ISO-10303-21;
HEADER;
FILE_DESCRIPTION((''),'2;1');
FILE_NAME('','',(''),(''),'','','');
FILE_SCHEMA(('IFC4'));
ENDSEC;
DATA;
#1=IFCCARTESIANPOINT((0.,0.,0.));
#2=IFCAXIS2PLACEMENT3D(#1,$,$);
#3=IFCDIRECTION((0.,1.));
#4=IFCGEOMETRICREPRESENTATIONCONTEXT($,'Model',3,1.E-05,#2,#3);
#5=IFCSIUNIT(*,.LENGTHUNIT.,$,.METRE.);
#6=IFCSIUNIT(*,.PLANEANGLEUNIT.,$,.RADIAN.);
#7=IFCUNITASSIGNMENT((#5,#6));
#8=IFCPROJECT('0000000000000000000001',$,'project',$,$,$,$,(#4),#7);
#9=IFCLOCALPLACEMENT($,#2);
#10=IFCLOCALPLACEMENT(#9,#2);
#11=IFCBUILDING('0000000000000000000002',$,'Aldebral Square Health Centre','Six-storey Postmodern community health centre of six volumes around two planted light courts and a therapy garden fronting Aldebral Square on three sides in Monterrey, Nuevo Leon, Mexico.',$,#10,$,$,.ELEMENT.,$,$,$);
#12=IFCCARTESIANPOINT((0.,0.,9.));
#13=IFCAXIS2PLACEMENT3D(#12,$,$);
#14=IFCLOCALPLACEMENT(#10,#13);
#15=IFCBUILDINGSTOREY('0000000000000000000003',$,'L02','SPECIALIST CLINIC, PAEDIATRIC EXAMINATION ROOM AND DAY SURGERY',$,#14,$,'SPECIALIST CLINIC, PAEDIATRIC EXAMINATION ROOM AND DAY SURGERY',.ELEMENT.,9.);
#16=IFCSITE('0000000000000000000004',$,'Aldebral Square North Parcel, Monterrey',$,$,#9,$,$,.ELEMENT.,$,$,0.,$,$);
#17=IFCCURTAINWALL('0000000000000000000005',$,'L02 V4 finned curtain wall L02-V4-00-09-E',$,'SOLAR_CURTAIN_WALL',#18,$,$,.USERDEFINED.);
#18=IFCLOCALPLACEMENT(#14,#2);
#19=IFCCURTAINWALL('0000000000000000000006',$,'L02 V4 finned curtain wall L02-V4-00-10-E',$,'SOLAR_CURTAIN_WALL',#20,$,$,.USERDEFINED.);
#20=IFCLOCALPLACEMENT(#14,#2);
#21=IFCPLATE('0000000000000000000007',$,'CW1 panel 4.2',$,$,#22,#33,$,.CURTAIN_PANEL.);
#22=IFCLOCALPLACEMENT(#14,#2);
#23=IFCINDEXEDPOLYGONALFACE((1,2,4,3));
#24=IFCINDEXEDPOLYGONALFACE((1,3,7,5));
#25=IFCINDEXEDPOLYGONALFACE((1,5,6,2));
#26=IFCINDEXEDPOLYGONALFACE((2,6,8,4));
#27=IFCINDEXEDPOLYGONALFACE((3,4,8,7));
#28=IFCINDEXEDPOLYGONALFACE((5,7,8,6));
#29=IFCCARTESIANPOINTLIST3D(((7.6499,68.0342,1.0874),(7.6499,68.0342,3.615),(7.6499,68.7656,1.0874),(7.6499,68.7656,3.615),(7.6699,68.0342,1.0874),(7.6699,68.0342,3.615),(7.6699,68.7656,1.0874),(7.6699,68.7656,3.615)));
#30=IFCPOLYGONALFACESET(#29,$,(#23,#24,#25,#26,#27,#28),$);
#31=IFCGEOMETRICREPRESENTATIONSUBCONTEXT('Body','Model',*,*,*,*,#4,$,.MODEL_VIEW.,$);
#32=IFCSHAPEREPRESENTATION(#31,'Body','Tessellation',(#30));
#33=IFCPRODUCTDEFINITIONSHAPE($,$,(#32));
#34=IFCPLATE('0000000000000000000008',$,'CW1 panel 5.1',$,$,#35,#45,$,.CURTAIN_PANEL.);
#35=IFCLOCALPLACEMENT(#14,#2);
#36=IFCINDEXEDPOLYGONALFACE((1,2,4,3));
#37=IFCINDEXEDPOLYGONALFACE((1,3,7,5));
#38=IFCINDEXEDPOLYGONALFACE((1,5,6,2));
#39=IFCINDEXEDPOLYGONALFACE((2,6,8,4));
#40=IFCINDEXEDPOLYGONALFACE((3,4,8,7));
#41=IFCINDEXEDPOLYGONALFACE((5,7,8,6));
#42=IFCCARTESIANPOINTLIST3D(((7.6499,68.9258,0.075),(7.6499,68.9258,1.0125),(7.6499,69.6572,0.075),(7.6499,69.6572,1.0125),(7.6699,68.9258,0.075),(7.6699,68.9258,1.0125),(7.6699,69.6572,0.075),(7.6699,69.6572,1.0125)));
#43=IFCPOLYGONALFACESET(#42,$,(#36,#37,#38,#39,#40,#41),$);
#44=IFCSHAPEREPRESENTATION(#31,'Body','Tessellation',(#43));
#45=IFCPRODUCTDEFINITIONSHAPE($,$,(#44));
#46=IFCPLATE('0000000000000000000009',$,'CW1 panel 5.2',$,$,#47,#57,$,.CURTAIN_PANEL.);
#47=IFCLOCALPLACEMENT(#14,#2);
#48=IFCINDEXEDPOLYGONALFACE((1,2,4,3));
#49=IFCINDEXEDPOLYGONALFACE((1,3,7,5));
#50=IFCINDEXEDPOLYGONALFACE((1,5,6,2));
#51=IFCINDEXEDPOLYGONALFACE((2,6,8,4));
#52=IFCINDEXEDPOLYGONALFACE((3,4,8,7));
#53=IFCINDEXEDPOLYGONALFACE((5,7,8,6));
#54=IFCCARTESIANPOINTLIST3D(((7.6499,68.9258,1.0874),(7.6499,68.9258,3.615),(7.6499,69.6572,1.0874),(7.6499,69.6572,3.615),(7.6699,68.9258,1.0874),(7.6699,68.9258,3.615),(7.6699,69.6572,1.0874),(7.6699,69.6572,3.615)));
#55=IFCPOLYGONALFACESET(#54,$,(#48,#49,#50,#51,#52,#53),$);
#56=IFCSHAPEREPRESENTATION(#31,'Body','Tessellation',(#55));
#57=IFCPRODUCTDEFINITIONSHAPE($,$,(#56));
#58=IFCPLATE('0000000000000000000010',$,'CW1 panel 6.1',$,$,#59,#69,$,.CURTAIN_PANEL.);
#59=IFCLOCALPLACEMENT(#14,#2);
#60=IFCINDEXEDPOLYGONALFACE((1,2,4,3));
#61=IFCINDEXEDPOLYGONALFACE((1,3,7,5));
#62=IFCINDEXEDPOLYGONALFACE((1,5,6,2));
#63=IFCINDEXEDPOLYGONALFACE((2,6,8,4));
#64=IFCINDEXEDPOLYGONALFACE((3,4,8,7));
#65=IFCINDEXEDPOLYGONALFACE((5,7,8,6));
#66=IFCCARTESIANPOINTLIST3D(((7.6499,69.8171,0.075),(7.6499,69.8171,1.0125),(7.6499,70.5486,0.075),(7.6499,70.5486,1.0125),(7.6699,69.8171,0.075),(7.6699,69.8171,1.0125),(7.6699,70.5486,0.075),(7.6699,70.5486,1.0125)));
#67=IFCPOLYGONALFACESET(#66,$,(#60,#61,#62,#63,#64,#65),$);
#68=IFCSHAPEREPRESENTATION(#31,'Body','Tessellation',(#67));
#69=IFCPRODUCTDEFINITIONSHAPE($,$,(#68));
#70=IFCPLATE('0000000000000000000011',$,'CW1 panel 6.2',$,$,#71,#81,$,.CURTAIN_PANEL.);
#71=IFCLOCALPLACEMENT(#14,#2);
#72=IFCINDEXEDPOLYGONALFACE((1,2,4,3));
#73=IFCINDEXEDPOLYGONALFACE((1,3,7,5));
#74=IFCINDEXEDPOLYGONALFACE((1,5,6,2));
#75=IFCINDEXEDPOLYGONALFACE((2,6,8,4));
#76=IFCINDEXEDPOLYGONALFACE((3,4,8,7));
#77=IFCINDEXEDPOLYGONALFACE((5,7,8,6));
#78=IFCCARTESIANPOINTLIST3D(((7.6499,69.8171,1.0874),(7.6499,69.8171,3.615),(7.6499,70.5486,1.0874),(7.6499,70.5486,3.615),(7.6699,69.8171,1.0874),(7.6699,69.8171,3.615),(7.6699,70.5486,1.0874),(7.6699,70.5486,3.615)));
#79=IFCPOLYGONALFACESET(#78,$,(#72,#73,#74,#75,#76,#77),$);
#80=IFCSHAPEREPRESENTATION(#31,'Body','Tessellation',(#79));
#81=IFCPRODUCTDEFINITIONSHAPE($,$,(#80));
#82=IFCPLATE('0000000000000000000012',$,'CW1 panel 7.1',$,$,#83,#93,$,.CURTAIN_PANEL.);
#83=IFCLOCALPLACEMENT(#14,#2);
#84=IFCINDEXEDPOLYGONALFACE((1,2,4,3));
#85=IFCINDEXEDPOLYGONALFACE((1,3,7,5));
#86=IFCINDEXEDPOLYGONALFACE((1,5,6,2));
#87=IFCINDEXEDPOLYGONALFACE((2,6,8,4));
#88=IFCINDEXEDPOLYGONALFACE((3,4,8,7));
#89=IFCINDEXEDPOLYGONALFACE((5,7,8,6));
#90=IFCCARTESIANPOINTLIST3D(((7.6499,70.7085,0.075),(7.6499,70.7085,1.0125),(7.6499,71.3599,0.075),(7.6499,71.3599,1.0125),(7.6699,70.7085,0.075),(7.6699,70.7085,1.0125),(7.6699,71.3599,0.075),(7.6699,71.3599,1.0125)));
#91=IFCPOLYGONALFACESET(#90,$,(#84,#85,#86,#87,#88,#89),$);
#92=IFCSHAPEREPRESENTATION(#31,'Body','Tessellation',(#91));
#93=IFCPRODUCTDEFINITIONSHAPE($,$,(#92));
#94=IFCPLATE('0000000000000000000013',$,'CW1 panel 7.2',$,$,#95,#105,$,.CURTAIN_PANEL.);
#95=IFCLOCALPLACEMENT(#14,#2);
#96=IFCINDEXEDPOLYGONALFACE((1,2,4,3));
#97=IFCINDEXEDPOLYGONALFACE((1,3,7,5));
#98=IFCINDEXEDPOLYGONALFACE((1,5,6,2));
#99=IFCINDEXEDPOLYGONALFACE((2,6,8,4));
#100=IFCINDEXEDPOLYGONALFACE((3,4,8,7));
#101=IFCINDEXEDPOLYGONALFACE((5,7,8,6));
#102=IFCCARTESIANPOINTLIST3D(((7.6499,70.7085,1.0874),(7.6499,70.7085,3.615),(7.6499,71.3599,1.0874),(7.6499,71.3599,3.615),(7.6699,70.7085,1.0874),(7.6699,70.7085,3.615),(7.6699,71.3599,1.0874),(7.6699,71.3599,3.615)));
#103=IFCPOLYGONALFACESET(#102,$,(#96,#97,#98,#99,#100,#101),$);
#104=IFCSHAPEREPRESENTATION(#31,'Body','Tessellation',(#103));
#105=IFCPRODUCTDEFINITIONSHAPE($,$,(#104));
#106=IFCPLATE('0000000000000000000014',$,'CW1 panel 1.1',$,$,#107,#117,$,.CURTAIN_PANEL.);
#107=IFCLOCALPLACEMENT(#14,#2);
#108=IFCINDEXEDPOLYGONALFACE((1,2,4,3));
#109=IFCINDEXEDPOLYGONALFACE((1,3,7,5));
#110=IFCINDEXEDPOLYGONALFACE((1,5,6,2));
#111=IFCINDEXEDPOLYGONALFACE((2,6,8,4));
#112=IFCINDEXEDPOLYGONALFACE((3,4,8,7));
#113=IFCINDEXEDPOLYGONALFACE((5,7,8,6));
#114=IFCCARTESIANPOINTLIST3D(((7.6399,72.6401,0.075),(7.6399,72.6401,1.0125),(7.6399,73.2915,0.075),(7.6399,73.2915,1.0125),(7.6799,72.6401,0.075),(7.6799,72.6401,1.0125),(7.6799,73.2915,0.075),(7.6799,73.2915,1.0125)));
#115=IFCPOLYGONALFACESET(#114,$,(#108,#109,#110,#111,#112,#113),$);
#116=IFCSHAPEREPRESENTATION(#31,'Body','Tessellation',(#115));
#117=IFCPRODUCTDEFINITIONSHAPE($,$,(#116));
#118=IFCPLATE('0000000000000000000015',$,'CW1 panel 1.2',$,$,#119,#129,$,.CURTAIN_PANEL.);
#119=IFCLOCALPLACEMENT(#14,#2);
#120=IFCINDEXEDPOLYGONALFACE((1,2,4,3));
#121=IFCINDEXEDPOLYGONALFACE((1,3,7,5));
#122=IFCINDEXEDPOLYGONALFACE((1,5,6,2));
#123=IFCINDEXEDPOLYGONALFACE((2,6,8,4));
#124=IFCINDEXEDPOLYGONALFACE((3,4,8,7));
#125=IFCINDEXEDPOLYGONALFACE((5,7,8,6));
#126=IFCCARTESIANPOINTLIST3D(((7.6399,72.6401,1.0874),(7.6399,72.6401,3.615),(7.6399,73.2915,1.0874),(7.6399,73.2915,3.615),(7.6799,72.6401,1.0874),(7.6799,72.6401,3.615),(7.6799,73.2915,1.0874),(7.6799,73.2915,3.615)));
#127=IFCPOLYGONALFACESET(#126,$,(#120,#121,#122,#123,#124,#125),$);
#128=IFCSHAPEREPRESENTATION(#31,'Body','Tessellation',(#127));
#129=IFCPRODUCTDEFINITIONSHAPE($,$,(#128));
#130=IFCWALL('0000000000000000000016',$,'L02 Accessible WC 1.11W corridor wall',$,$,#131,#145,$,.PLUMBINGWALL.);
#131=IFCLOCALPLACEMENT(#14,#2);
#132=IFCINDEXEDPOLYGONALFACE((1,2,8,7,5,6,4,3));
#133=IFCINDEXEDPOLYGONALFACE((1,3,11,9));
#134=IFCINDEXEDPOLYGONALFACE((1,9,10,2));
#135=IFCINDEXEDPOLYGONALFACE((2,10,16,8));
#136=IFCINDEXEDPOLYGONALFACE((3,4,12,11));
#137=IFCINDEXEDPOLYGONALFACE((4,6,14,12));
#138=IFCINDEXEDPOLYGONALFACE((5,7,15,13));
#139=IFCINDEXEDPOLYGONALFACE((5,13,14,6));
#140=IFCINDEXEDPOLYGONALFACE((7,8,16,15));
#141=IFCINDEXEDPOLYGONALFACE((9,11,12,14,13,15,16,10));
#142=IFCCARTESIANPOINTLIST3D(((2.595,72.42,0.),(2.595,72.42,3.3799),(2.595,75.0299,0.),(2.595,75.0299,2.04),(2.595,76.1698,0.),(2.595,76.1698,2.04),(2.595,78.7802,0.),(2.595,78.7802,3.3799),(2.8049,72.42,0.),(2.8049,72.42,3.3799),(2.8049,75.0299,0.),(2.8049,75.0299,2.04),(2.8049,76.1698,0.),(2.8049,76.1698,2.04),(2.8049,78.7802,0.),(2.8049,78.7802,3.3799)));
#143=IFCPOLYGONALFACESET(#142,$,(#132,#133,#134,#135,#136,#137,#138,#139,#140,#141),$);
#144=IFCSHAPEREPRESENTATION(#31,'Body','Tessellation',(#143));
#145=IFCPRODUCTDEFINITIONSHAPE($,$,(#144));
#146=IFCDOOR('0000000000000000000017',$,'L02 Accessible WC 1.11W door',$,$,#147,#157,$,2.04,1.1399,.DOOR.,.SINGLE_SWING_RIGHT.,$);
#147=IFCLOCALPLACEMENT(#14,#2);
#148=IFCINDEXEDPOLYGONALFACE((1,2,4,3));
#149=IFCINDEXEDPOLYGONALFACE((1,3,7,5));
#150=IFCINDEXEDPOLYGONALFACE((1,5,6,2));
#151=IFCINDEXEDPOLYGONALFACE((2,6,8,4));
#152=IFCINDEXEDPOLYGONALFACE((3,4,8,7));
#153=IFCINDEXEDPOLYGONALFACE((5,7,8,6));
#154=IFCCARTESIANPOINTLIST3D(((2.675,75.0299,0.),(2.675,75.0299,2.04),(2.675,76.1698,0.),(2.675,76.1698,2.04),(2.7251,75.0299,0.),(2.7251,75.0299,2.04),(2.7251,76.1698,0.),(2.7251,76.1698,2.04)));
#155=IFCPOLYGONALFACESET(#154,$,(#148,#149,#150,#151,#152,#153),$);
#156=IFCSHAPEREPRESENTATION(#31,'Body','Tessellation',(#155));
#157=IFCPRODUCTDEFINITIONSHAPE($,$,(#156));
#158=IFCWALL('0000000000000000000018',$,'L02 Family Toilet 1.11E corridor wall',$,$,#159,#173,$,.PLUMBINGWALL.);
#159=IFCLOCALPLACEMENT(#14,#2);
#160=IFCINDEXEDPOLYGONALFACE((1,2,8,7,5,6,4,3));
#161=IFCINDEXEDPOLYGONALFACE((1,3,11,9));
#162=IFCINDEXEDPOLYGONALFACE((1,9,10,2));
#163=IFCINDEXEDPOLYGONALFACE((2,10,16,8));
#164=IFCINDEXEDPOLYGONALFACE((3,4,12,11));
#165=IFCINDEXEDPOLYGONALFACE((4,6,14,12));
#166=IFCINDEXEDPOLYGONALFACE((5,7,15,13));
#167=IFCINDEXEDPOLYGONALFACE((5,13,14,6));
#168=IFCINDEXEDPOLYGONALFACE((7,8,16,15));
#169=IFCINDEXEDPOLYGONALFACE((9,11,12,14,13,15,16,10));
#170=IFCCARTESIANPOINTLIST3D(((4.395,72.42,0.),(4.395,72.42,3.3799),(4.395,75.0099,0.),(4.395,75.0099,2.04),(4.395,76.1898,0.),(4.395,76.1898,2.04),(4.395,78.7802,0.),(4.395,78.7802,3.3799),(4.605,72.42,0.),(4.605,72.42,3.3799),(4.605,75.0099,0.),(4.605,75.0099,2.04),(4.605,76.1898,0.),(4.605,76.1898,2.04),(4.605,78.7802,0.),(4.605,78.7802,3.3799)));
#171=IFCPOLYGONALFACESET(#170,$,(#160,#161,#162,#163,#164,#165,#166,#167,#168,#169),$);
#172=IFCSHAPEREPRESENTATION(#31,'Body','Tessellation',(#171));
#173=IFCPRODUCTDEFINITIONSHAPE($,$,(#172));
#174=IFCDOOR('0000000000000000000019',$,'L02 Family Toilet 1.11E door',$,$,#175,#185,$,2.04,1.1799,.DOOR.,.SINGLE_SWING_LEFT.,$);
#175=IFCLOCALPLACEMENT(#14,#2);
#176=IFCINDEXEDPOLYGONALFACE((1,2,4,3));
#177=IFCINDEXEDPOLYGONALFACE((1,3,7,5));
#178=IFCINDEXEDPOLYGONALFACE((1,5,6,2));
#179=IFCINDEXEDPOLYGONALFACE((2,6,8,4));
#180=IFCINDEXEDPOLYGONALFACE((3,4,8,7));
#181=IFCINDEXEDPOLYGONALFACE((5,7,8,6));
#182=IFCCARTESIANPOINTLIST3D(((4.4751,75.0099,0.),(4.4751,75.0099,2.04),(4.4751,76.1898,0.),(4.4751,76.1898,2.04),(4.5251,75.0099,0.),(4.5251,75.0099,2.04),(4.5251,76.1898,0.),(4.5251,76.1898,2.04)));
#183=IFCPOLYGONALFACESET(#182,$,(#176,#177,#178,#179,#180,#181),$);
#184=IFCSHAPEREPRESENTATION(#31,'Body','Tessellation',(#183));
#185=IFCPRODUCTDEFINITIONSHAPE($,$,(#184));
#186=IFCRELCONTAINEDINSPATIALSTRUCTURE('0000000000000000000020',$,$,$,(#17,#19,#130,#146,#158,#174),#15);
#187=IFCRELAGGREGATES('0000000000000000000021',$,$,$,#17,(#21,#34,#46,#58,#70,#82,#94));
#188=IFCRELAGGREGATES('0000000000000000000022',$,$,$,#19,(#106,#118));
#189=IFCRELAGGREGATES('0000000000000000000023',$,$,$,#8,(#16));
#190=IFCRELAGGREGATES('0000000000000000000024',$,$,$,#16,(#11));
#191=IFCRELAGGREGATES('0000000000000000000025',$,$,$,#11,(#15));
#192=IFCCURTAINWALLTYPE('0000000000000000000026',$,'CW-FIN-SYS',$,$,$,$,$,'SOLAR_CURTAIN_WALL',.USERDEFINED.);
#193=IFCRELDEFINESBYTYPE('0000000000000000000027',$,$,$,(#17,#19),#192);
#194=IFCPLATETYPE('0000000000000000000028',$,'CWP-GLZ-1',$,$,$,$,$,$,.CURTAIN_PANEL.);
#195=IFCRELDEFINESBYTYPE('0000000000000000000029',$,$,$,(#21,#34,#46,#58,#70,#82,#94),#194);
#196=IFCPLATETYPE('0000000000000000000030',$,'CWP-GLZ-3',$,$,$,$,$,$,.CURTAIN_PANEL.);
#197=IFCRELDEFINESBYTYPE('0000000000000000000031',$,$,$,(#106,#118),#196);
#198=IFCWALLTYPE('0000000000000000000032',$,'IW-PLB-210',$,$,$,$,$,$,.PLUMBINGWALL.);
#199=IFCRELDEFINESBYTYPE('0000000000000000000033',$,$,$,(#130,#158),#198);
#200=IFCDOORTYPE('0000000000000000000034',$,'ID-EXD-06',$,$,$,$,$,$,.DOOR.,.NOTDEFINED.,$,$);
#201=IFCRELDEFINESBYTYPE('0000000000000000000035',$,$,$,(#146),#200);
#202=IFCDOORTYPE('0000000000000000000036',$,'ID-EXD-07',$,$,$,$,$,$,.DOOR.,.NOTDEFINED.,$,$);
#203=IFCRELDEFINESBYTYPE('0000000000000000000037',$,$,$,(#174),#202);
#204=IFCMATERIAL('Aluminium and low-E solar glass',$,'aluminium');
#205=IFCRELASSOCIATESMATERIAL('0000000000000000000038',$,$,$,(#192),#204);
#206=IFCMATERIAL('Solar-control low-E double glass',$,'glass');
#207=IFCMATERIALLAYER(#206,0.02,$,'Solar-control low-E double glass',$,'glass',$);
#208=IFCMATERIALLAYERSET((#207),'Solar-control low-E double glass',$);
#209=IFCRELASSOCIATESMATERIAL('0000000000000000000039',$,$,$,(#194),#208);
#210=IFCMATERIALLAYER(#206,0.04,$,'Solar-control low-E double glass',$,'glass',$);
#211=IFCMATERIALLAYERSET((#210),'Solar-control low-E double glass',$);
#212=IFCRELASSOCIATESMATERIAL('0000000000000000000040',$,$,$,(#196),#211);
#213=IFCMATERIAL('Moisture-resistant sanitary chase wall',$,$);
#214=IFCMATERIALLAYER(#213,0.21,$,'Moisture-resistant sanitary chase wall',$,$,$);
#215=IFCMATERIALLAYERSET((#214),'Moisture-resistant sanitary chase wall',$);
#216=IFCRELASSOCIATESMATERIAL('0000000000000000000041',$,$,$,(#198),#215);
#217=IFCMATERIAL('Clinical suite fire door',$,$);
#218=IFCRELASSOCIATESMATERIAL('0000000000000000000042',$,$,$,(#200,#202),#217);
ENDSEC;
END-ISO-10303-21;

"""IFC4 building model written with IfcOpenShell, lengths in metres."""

from ifc_helpers import new_model, si_unit, direction, frame, frame_2d, origin, origin_2d, place, context, subcontext, project, spatial, rectangle, extrude, material, layer, layer_set, type_object, element, fill, aggregate, save


model = new_model("IFC4")

# Units and contexts
model_context = context("Model", 3, precision=1e-05, world=origin(), true_north=direction((0.0, 1.0)))
body_context = subcontext(model_context, "Body", "Model", "MODEL_VIEW")
ifc_project = project(units=[si_unit("LENGTHUNIT", "METRE"), si_unit("PLANEANGLEUNIT", "RADIAN")], contexts=[model_context])

# Site, building, storey
site_placement = place(None, origin())
site = spatial("IfcSite", under=ifc_project, at=site_placement, Name="Aldebral Square North Parcel, Monterrey", CompositionType="ELEMENT", RefElevation=0.0)
building_placement = place(site_placement, origin())
building = spatial("IfcBuilding", under=site, at=building_placement, Name="Aldebral Square Health Centre", Description="Six-storey Postmodern community health centre of six volumes around two planted light courts and a therapy garden fronting Aldebral Square on three sides in Monterrey, Nuevo Leon, Mexico.", CompositionType="ELEMENT")
storey_placement = place(building_placement, frame((0.0, 0.0, 9.0)))
storey = spatial("IfcBuildingStorey", under=building, at=storey_placement, Name="L02", Description="SPECIALIST CLINIC, PAEDIATRIC EXAMINATION ROOM AND DAY SURGERY", LongName="SPECIALIST CLINIC, PAEDIATRIC EXAMINATION ROOM AND DAY SURGERY", CompositionType="ELEMENT", Elevation=9.0)

# Curtain walls
ifc_material_1 = material(Name="Aluminium and low-E solar glass", Category="aluminium")
curtain_wall_type = type_object("IfcCurtainWallType", Name="CW-FIN-SYS", ElementType="SOLAR_CURTAIN_WALL", PredefinedType="USERDEFINED", material=ifc_material_1)
curtain_wall_1_placement = place(storey_placement, origin())
curtain_wall_1 = element("IfcCurtainWall", 1, at=curtain_wall_1_placement, inside=storey, type_object=curtain_wall_type, Name="L02 V4 finned curtain wall L02-V4-00-09-E", ObjectType="SOLAR_CURTAIN_WALL", PredefinedType="USERDEFINED")
curtain_wall_2_placement = place(storey_placement, origin())
curtain_wall_2 = element("IfcCurtainWall", 2, at=curtain_wall_2_placement, inside=storey, type_object=curtain_wall_type, Name="L02 V4 finned curtain wall L02-V4-00-10-E", ObjectType="SOLAR_CURTAIN_WALL", PredefinedType="USERDEFINED")

# Plates
ifc_material_2 = material(Name="Solar-control low-E double glass", Category="glass")
ifc_layer_1 = layer(ifc_material_2, 0.02, Name="Solar-control low-E double glass", Category="glass")
ifc_layer_set_1 = layer_set([ifc_layer_1], Name="Solar-control low-E double glass")
plate_type_1 = type_object("IfcPlateType", Name="CWP-GLZ-1", PredefinedType="CURTAIN_PANEL", material=ifc_layer_set_1)
plate_1_placement = place(storey_placement, frame((7.6599, 68.3999, 1.0874), z_axis=(0.0, 0.0, 1.0), x_axis=(0.0, 1.0, 0.0)))
plate_1 = element("IfcPlate", 3, at=plate_1_placement, type_object=plate_type_1, Name="CW1 panel 4.2", PredefinedType="CURTAIN_PANEL", context=body_context, shape_type="SweptSolid", body=[
    extrude(rectangle(XDim=0.7314, YDim=0.02, at=origin_2d()), origin(), (0.0, 0.0, 1.0), 2.5276),
])
plate_2_placement = place(storey_placement, frame((7.6599, 69.2915, 0.075), z_axis=(0.0, 0.0, 1.0), x_axis=(0.0, 1.0, 0.0)))
plate_2 = element("IfcPlate", 4, at=plate_2_placement, type_object=plate_type_1, Name="CW1 panel 5.1", PredefinedType="CURTAIN_PANEL", context=body_context, shape_type="SweptSolid", body=[
    extrude(rectangle(XDim=0.7314, YDim=0.02, at=origin_2d()), origin(), (0.0, 0.0, 1.0), 0.9375),
])
plate_3_placement = place(storey_placement, frame((7.6599, 69.2915, 1.0874), z_axis=(0.0, 0.0, 1.0), x_axis=(0.0, 1.0, 0.0)))
plate_3 = element("IfcPlate", 5, at=plate_3_placement, type_object=plate_type_1, Name="CW1 panel 5.2", PredefinedType="CURTAIN_PANEL", context=body_context, shape_type="SweptSolid", body=[
    extrude(rectangle(XDim=0.7314, YDim=0.02, at=origin_2d()), origin(), (0.0, 0.0, 1.0), 2.5276),
])
plate_4_placement = place(storey_placement, frame((7.6599, 70.1829, 0.075), z_axis=(0.0, 0.0, 1.0), x_axis=(0.0, 1.0, 0.0)))
plate_4 = element("IfcPlate", 6, at=plate_4_placement, type_object=plate_type_1, Name="CW1 panel 6.1", PredefinedType="CURTAIN_PANEL", context=body_context, shape_type="SweptSolid", body=[
    extrude(rectangle(XDim=0.7314, YDim=0.02, at=origin_2d()), origin(), (0.0, 0.0, 1.0), 0.9375),
])
plate_5_placement = place(storey_placement, frame((7.6599, 70.1829, 1.0874), z_axis=(0.0, 0.0, 1.0), x_axis=(0.0, 1.0, 0.0)))
plate_5 = element("IfcPlate", 7, at=plate_5_placement, type_object=plate_type_1, Name="CW1 panel 6.2", PredefinedType="CURTAIN_PANEL", context=body_context, shape_type="SweptSolid", body=[
    extrude(rectangle(XDim=0.7314, YDim=0.02, at=origin_2d()), origin(), (0.0, 0.0, 1.0), 2.5276),
])
plate_6_placement = place(storey_placement, frame((7.6599, 71.0342, 0.075), z_axis=(0.0, 0.0, 1.0), x_axis=(0.0, 1.0, 0.0)))
plate_6 = element("IfcPlate", 8, at=plate_6_placement, type_object=plate_type_1, Name="CW1 panel 7.1", PredefinedType="CURTAIN_PANEL", context=body_context, shape_type="SweptSolid", body=[
    extrude(rectangle(XDim=0.6514, YDim=0.02, at=origin_2d()), origin(), (0.0, 0.0, 1.0), 0.9375),
])
plate_7_placement = place(storey_placement, frame((7.6599, 71.0342, 1.0874), z_axis=(0.0, 0.0, 1.0), x_axis=(0.0, 1.0, 0.0)))
plate_7 = element("IfcPlate", 9, at=plate_7_placement, type_object=plate_type_1, Name="CW1 panel 7.2", PredefinedType="CURTAIN_PANEL", context=body_context, shape_type="SweptSolid", body=[
    extrude(rectangle(XDim=0.6514, YDim=0.02, at=origin_2d()), origin(), (0.0, 0.0, 1.0), 2.5276),
])
aggregate(curtain_wall_1, [plate_1, plate_2, plate_3, plate_4, plate_5, plate_6, plate_7])
ifc_layer_2 = layer(ifc_material_2, 0.04, Name="Solar-control low-E double glass", Category="glass")
ifc_layer_set_2 = layer_set([ifc_layer_2], Name="Solar-control low-E double glass")
plate_type_2 = type_object("IfcPlateType", Name="CWP-GLZ-3", PredefinedType="CURTAIN_PANEL", material=ifc_layer_set_2)
plate_8_placement = place(storey_placement, frame((7.6599, 72.9658, 0.075), z_axis=(0.0, 0.0, 1.0), x_axis=(0.0, 1.0, 0.0)))
plate_8 = element("IfcPlate", 10, at=plate_8_placement, type_object=plate_type_2, Name="CW1 panel 1.1", PredefinedType="CURTAIN_PANEL", context=body_context, shape_type="SweptSolid", body=[
    extrude(rectangle(XDim=0.6514, YDim=0.04, at=origin_2d()), origin(), (0.0, 0.0, 1.0), 0.9375),
])
plate_9_placement = place(storey_placement, frame((7.6599, 72.9658, 1.0874), z_axis=(0.0, 0.0, 1.0), x_axis=(0.0, 1.0, 0.0)))
plate_9 = element("IfcPlate", 11, at=plate_9_placement, type_object=plate_type_2, Name="CW1 panel 1.2", PredefinedType="CURTAIN_PANEL", context=body_context, shape_type="SweptSolid", body=[
    extrude(rectangle(XDim=0.6514, YDim=0.04, at=origin_2d()), origin(), (0.0, 0.0, 1.0), 2.5276),
])
aggregate(curtain_wall_2, [plate_8, plate_9])

# Walls, openings, doors
ifc_material_3 = material(Name="Moisture-resistant sanitary chase wall")
ifc_layer_3 = layer(ifc_material_3, 0.21, Name="Moisture-resistant sanitary chase wall")
ifc_layer_set_3 = layer_set([ifc_layer_3], Name="Moisture-resistant sanitary chase wall")
wall_type_1 = type_object("IfcWallType", Name="IW-PLB-210", PredefinedType="PLUMBINGWALL", material=ifc_layer_set_3)
wall_1_placement = place(storey_placement, frame((2.7, 72.4199, 0.0), z_axis=(0.0, 0.0, 1.0), x_axis=(0.0, 1.0, 0.0)))
wall_1 = element("IfcWall", 12, at=wall_1_placement, inside=storey, type_object=wall_type_1, Name="L02 Accessible WC 1.11W corridor wall", PredefinedType="PLUMBINGWALL", context=body_context, shape_type="SweptSolid", body=[
    extrude(rectangle(XDim=6.3601, YDim=0.21, at=frame_2d((3.1802, 0.0))), origin(), (0.0, 0.0, 1.0), 3.3799),
])
opening_1_placement = place(wall_1_placement, frame((2.6101, 0.0, 0.0)))
opening_1 = element("IfcOpeningElement", 13, at=opening_1_placement, cuts=wall_1, PredefinedType="OPENING", context=body_context, shape_type="SweptSolid", body=[
    extrude(rectangle(XDim=1.1399, YDim=2.04, at=frame_2d((0.5698, 1.02))), frame((0.0, 0.115, 0.0), z_axis=(0.0, -1.0, 0.0), x_axis=(1.0, 0.0, 0.0)), (0.0, 0.0, 1.0), 0.23),
])
ifc_material_4 = material(Name="Clinical suite fire door")
door_type_1 = type_object("IfcDoorType", Name="ID-EXD-06", OperationType="NOTDEFINED", PredefinedType="DOOR", material=ifc_material_4)
door_1_placement = place(opening_1_placement, origin())
door_1 = element("IfcDoor", 14, at=door_1_placement, inside=storey, type_object=door_type_1, Name="L02 Accessible WC 1.11W door", OperationType="SINGLE_SWING_RIGHT", OverallHeight=2.04, OverallWidth=1.1399, PredefinedType="DOOR", context=body_context, shape_type="SweptSolid", body=[
    extrude(rectangle(XDim=1.1399, YDim=2.04, at=frame_2d((0.5698, 1.02))), frame((0.0, 0.0249, 0.0), z_axis=(0.0, -1.0, 0.0), x_axis=(1.0, 0.0, 0.0)), (0.0, 0.0, 1.0), 0.05),
])
fill(opening_1, door_1)
wall_2_placement = place(storey_placement, frame((4.5, 72.4199, 0.0), z_axis=(0.0, 0.0, 1.0), x_axis=(0.0, 1.0, 0.0)))
wall_2 = element("IfcWall", 15, at=wall_2_placement, inside=storey, type_object=wall_type_1, Name="L02 Family Toilet 1.11E corridor wall", PredefinedType="PLUMBINGWALL", context=body_context, shape_type="SweptSolid", body=[
    extrude(rectangle(XDim=6.3601, YDim=0.21, at=frame_2d((3.1802, 0.0))), origin(), (0.0, 0.0, 1.0), 3.3799),
])
opening_2_placement = place(wall_2_placement, frame((2.5901, 0.0, 0.0)))
opening_2 = element("IfcOpeningElement", 16, at=opening_2_placement, cuts=wall_2, PredefinedType="OPENING", context=body_context, shape_type="SweptSolid", body=[
    extrude(rectangle(XDim=1.1799, YDim=2.04, at=frame_2d((0.5898, 1.02))), frame((0.0, 0.115, 0.0), z_axis=(0.0, -1.0, 0.0), x_axis=(1.0, 0.0, 0.0)), (0.0, 0.0, 1.0), 0.23),
])
door_type_2 = type_object("IfcDoorType", Name="ID-EXD-07", OperationType="NOTDEFINED", PredefinedType="DOOR", material=ifc_material_4)
door_2_placement = place(opening_2_placement, origin())
door_2 = element("IfcDoor", 17, at=door_2_placement, inside=storey, type_object=door_type_2, Name="L02 Family Toilet 1.11E door", OperationType="SINGLE_SWING_LEFT", OverallHeight=2.04, OverallWidth=1.1799, PredefinedType="DOOR", context=body_context, shape_type="SweptSolid", body=[
    extrude(rectangle(XDim=1.1799, YDim=2.04, at=frame_2d((0.5898, 1.02))), frame((0.0, 0.0249, 0.0), z_axis=(0.0, -1.0, 0.0), x_axis=(1.0, 0.0, 0.0)), (0.0, 0.0, 1.0), 0.05),
])
fill(opening_2, door_2)

save(model, "model.ifc")
